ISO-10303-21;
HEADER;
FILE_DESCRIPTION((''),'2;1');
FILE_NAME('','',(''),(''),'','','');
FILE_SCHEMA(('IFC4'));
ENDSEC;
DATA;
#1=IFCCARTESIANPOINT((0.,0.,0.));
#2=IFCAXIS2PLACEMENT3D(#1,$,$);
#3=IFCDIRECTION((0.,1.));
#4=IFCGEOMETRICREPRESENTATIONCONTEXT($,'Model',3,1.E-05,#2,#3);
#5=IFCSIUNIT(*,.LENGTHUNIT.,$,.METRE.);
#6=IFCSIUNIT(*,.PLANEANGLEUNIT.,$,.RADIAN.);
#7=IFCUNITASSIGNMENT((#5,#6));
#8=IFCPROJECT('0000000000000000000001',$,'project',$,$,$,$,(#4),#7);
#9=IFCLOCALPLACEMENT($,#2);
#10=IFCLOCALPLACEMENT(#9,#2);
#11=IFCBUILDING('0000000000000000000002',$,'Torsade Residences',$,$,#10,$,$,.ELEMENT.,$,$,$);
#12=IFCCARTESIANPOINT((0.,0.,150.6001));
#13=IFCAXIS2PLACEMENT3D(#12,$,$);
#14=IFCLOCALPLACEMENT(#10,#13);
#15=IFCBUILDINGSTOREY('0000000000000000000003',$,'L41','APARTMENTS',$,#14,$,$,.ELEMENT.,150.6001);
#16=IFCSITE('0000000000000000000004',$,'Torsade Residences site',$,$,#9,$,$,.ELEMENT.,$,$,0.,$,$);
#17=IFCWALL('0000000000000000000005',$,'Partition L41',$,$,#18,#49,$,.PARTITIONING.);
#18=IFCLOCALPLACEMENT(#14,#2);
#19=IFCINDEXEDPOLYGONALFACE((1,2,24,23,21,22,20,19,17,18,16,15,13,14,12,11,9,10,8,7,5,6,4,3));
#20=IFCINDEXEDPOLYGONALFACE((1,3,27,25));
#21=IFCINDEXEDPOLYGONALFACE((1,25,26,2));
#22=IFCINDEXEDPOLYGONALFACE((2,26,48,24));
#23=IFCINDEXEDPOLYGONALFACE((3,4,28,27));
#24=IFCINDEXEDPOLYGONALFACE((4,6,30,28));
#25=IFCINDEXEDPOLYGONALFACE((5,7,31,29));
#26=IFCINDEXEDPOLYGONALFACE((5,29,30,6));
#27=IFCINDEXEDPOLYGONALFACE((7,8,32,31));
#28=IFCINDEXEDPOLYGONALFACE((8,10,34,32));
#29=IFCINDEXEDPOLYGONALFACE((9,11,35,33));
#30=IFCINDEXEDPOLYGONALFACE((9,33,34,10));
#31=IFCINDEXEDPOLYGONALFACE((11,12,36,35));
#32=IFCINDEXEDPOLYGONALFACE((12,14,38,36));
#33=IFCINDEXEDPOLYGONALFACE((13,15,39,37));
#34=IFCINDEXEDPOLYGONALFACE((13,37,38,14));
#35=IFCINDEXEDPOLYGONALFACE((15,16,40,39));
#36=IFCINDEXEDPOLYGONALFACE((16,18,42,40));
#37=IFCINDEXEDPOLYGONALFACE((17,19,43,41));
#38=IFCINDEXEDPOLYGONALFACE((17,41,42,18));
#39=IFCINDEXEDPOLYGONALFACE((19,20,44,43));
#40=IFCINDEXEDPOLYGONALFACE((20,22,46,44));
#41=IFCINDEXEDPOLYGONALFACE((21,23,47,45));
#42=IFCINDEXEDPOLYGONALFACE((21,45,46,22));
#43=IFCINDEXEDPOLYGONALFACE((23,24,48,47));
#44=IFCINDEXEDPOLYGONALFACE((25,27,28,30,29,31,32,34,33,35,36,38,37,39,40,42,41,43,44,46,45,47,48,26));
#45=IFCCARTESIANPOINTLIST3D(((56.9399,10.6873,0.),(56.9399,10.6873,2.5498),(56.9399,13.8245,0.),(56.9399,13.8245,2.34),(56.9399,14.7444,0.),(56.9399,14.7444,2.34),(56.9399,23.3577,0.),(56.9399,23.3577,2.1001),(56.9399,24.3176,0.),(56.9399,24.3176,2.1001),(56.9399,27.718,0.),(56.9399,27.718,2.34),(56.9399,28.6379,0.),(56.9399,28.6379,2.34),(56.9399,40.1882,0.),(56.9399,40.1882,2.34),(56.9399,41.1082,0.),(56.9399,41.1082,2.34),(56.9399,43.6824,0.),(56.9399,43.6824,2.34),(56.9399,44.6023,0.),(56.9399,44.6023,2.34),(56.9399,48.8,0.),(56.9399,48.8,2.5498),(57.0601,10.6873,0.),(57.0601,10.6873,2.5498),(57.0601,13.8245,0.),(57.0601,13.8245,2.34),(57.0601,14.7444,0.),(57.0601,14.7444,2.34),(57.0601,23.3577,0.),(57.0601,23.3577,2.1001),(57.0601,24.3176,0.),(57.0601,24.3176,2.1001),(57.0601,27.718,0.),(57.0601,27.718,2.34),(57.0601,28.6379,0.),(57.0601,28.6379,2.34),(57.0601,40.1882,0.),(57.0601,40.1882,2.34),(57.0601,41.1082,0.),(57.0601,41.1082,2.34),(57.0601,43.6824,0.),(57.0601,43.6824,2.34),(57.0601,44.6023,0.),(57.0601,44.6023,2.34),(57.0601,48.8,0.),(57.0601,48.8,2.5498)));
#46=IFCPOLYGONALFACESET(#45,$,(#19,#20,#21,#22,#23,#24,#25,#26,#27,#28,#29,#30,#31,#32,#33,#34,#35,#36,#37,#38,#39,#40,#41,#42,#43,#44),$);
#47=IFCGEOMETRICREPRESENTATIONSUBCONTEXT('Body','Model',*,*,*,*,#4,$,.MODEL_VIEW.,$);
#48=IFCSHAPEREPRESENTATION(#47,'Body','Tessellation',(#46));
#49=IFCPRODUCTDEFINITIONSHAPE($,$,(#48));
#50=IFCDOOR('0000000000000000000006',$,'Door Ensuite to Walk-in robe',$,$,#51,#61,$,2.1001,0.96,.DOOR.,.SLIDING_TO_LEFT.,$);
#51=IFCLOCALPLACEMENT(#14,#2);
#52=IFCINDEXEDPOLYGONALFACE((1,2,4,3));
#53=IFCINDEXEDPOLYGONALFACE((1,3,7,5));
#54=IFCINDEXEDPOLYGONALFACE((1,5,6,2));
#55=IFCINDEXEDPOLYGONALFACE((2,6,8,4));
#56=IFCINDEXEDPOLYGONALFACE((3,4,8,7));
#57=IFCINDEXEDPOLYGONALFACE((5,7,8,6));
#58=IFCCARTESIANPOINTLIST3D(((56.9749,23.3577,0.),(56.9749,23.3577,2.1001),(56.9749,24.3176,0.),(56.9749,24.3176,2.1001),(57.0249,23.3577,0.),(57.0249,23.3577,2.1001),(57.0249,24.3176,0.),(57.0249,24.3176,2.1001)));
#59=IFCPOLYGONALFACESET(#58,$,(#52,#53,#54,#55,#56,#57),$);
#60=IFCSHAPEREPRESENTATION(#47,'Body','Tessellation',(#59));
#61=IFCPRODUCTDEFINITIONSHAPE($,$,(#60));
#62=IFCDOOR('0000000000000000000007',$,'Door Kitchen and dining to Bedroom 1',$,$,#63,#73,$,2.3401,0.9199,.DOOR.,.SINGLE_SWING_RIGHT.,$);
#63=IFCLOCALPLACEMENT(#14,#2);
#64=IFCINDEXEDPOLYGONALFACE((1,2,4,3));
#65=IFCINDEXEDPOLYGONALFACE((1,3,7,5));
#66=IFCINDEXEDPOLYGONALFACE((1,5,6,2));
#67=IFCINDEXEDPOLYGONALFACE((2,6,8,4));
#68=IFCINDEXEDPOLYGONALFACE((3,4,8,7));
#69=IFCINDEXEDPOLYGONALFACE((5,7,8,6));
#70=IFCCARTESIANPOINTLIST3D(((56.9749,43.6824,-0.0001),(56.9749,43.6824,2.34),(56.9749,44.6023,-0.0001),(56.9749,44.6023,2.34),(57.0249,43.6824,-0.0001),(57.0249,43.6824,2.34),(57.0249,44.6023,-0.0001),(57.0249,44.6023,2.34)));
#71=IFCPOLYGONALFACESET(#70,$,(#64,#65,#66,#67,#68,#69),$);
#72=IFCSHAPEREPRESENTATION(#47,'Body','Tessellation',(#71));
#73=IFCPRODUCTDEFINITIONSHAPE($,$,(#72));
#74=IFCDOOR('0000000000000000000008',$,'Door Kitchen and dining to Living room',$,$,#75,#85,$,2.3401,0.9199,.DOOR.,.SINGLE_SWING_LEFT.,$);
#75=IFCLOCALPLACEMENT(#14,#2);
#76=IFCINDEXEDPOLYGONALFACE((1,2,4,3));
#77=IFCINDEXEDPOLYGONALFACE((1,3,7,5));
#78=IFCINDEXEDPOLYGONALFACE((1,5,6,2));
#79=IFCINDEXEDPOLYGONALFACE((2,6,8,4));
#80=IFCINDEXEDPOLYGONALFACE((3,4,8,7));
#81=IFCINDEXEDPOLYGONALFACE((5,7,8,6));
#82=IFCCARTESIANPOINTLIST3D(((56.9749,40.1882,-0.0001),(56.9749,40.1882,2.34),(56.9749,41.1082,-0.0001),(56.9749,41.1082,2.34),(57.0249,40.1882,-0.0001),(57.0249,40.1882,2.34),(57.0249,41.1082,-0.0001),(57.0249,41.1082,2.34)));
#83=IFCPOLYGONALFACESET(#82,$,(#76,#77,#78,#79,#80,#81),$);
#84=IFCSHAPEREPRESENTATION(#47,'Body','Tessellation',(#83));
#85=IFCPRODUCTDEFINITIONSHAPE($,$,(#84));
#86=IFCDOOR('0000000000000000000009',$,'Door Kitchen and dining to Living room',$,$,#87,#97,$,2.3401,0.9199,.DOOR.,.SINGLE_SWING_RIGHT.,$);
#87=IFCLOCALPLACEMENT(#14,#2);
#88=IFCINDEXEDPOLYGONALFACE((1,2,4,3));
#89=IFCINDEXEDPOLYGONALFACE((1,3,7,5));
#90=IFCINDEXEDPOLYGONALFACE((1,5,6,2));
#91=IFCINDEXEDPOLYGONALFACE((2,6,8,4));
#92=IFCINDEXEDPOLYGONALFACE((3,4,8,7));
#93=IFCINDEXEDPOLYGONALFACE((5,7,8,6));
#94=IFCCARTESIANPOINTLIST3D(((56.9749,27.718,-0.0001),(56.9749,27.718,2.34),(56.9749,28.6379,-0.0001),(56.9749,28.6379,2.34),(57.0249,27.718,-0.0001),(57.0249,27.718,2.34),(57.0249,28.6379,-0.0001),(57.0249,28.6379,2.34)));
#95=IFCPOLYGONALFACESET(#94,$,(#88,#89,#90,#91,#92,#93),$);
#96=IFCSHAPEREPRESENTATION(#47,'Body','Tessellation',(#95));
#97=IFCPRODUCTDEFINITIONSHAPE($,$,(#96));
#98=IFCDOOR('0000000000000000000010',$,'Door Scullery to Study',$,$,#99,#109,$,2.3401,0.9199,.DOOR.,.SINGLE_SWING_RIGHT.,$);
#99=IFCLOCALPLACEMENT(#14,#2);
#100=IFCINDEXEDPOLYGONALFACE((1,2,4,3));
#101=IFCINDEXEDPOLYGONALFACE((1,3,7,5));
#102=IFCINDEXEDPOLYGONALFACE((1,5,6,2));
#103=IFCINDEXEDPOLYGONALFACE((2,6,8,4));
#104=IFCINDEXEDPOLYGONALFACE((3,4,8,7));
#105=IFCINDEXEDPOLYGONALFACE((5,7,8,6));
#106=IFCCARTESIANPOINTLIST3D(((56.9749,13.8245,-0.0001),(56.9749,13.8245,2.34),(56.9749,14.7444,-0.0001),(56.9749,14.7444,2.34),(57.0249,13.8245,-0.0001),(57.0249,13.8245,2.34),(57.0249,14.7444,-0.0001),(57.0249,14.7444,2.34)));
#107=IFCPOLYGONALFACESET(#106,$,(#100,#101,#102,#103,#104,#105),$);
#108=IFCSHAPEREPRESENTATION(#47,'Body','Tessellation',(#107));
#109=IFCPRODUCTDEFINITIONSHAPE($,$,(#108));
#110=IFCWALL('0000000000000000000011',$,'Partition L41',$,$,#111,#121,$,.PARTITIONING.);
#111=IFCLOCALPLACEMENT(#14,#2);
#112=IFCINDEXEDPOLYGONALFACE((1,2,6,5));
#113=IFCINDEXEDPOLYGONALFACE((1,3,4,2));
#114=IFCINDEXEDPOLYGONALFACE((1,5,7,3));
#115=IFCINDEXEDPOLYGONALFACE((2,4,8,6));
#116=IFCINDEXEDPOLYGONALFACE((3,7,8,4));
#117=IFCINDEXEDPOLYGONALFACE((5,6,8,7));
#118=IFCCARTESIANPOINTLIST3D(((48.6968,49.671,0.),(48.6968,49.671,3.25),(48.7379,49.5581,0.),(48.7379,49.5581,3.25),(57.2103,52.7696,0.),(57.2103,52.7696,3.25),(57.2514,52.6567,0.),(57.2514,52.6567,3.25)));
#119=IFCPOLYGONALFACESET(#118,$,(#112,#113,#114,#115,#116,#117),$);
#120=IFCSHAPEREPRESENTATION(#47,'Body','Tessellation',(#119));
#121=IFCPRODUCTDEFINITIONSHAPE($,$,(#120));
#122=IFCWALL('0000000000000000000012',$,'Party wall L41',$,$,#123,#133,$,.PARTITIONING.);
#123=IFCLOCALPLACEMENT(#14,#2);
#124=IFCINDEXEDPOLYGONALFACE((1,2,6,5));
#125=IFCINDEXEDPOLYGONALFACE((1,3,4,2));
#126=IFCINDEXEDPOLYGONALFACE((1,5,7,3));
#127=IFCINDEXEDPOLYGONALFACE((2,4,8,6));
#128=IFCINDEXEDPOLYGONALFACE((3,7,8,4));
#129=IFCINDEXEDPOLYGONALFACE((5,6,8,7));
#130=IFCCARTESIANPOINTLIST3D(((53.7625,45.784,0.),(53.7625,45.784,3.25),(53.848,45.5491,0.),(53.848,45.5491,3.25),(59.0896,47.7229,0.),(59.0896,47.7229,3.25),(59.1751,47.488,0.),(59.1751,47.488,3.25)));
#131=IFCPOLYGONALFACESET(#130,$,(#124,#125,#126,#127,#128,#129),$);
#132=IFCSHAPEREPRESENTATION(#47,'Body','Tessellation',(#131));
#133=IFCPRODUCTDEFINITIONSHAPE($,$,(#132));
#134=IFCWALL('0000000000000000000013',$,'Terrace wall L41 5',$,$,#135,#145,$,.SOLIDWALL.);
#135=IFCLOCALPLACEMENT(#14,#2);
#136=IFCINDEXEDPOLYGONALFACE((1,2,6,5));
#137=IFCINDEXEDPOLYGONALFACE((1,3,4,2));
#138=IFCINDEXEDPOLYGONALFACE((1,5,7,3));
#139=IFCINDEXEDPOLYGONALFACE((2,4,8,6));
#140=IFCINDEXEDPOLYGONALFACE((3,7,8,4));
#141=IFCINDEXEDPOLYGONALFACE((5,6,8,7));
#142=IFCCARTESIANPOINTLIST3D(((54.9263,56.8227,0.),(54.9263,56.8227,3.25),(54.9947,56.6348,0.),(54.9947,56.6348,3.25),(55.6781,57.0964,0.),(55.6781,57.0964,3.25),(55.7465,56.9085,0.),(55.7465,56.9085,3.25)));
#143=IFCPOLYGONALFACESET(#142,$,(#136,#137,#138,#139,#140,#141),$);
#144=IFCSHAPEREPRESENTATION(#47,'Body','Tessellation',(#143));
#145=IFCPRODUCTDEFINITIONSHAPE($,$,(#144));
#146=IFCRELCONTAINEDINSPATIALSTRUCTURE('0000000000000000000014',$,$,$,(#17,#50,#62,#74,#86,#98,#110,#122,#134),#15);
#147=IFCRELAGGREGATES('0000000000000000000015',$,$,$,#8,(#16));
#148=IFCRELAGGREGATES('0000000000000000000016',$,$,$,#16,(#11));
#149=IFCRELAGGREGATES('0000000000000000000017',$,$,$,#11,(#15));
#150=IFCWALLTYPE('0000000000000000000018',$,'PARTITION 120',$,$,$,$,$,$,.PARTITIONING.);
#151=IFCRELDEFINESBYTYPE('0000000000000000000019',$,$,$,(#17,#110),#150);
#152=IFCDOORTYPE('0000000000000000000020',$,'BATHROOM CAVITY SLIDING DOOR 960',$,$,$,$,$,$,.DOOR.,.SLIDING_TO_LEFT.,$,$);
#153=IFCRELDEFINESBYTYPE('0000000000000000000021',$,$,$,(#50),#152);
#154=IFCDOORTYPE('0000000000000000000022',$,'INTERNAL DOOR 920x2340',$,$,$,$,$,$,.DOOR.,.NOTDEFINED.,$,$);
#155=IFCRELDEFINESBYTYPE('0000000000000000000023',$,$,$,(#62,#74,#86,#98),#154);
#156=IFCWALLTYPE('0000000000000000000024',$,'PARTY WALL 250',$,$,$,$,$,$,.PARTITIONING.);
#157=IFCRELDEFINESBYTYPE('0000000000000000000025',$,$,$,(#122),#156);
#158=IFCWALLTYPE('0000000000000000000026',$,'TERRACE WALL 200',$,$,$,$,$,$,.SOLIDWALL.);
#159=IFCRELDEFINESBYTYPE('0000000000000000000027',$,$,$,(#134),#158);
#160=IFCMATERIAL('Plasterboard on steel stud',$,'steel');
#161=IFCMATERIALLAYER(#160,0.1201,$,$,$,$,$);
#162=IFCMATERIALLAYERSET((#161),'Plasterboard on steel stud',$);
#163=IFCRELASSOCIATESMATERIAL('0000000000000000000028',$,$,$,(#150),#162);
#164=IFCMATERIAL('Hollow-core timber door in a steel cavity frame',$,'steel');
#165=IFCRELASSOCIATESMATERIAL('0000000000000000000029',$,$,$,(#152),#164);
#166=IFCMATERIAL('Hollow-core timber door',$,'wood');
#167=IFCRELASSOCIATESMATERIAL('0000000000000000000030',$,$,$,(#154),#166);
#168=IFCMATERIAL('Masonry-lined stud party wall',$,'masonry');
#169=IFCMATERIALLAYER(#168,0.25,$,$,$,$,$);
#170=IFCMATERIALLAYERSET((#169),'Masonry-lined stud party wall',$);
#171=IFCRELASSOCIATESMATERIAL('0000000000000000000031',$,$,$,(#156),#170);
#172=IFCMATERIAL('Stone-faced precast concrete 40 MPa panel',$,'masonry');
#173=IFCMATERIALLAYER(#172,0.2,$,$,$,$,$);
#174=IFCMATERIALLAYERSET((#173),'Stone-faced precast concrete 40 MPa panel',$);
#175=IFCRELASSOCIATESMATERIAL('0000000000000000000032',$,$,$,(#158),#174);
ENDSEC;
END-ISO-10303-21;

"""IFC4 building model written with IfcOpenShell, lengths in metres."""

from ifc_helpers import new_model, si_unit, direction, frame, frame_2d, origin, place, context, subcontext, project, spatial, rectangle, extrude, material, layer, layer_set, type_object, element, fill, save


model = new_model("IFC4")

# Units and contexts
model_context = context("Model", 3, precision=1e-05, world=origin(), true_north=direction((0.0, 1.0)))
body_context = subcontext(model_context, "Body", "Model", "MODEL_VIEW")
ifc_project = project(units=[si_unit("LENGTHUNIT", "METRE"), si_unit("PLANEANGLEUNIT", "RADIAN")], contexts=[model_context])

# Site, building, storey
site_placement = place(None, origin())
site = spatial("IfcSite", under=ifc_project, at=site_placement, Name="Torsade Residences site", CompositionType="ELEMENT", RefElevation=0.0)
building_placement = place(site_placement, origin())
building = spatial("IfcBuilding", under=site, at=building_placement, Name="Torsade Residences", CompositionType="ELEMENT")
storey_placement = place(building_placement, frame((0.0, 0.0, 150.6001)))
storey = spatial("IfcBuildingStorey", under=building, at=storey_placement, Name="L41", Description="APARTMENTS", CompositionType="ELEMENT", Elevation=150.6001)

# Wall, openings, doors
ifc_material_1 = material(Name="Plasterboard on steel stud", Category="steel")
ifc_layer_1 = layer(ifc_material_1, 0.1201)
ifc_layer_set_1 = layer_set([ifc_layer_1], Name="Plasterboard on steel stud")
wall_type_1 = type_object("IfcWallType", Name="PARTITION 120", PredefinedType="PARTITIONING", material=ifc_layer_set_1)
wall_1_placement = place(storey_placement, frame((57.0, 48.8, 0.0), z_axis=(0.0, 0.0, 1.0), x_axis=(0.0, -1.0, 0.0)))
wall_1 = element("IfcWall", 1, at=wall_1_placement, inside=storey, type_object=wall_type_1, Name="Partition L41", PredefinedType="PARTITIONING", context=body_context, shape_type="SweptSolid", body=[
    extrude(rectangle(XDim=38.1128, YDim=0.1201, at=frame_2d((19.0564, 0.0))), origin(), (0.0, 0.0, 1.0), 2.5498),
])
opening_1_placement = place(wall_1_placement, frame((4.1978, 0.0, 0.0)))
opening_1 = element("IfcOpeningElement", 2, at=opening_1_placement, cuts=wall_1, PredefinedType="OPENING", context=body_context, shape_type="SweptSolid", body=[
    extrude(rectangle(XDim=0.9199, YDim=2.3401, at=frame_2d((0.46, 1.1699))), frame((0.0, 0.0701, 0.0), z_axis=(0.0, -1.0, 0.0), x_axis=(1.0, 0.0, 0.0)), (0.0, 0.0, 1.0), 0.1401),
])
opening_2_placement = place(wall_1_placement, frame((7.6919, 0.0, 0.0)))
opening_2 = element("IfcOpeningElement", 3, at=opening_2_placement, cuts=wall_1, PredefinedType="OPENING", context=body_context, shape_type="SweptSolid", body=[
    extrude(rectangle(XDim=0.9199, YDim=2.3401, at=frame_2d((0.46, 1.1699))), frame((0.0, 0.0701, 0.0), z_axis=(0.0, -1.0, 0.0), x_axis=(1.0, 0.0, 0.0)), (0.0, 0.0, 1.0), 0.1401),
])
opening_3_placement = place(wall_1_placement, frame((20.1621, 0.0, 0.0)))
opening_3 = element("IfcOpeningElement", 4, at=opening_3_placement, cuts=wall_1, PredefinedType="OPENING", context=body_context, shape_type="SweptSolid", body=[
    extrude(rectangle(XDim=0.9199, YDim=2.3401, at=frame_2d((0.46, 1.1699))), frame((0.0, 0.0701, 0.0), z_axis=(0.0, -1.0, 0.0), x_axis=(1.0, 0.0, 0.0)), (0.0, 0.0, 1.0), 0.1401),
])
opening_4_placement = place(wall_1_placement, frame((34.0557, 0.0, 0.0)))
opening_4 = element("IfcOpeningElement", 5, at=opening_4_placement, cuts=wall_1, PredefinedType="OPENING", context=body_context, shape_type="SweptSolid", body=[
    extrude(rectangle(XDim=0.9199, YDim=2.3401, at=frame_2d((0.46, 1.1699))), frame((0.0, 0.0701, 0.0), z_axis=(0.0, -1.0, 0.0), x_axis=(1.0, 0.0, 0.0)), (0.0, 0.0, 1.0), 0.1401),
])
opening_5_placement = place(wall_1_placement, frame((24.4824, 0.0, 0.0)))
opening_5 = element("IfcOpeningElement", 6, at=opening_5_placement, cuts=wall_1, PredefinedType="OPENING", context=body_context, shape_type="SweptSolid", body=[
    extrude(rectangle(XDim=0.96, YDim=2.1001, at=frame_2d((0.48, 1.05))), frame((0.0, 0.0701, 0.0), z_axis=(0.0, -1.0, 0.0), x_axis=(1.0, 0.0, 0.0)), (0.0, 0.0, 1.0), 0.1401),
])
ifc_material_2 = material(Name="Hollow-core timber door in a steel cavity frame", Category="steel")
door_type_1 = type_object("IfcDoorType", Name="BATHROOM CAVITY SLIDING DOOR 960", OperationType="SLIDING_TO_LEFT", PredefinedType="DOOR", material=ifc_material_2)
door_1_placement = place(opening_5_placement, origin())
door_1 = element("IfcDoor", 7, at=door_1_placement, inside=storey, type_object=door_type_1, Name="Door Ensuite to Walk-in robe", OperationType="SLIDING_TO_LEFT", OverallHeight=2.1001, OverallWidth=0.96, PredefinedType="DOOR", context=body_context, shape_type="SweptSolid", body=[
    extrude(rectangle(XDim=0.96, YDim=2.1001, at=frame_2d((0.48, 1.05))), frame((0.0, 0.0249, 0.0), z_axis=(0.0, -1.0, 0.0), x_axis=(1.0, 0.0, 0.0)), (0.0, 0.0, 1.0), 0.05),
])
fill(opening_5, door_1)
ifc_material_3 = material(Name="Hollow-core timber door", Category="wood")
door_type_2 = type_object("IfcDoorType", Name="INTERNAL DOOR 920x2340", OperationType="NOTDEFINED", PredefinedType="DOOR", material=ifc_material_3)
door_2_placement = place(opening_1_placement, origin())
door_2 = element("IfcDoor", 8, at=door_2_placement, inside=storey, type_object=door_type_2, Name="Door Kitchen and dining to Bedroom 1", OperationType="SINGLE_SWING_RIGHT", OverallHeight=2.3401, OverallWidth=0.9199, PredefinedType="DOOR", context=body_context, shape_type="SweptSolid", body=[
    extrude(rectangle(XDim=0.9199, YDim=2.3401, at=frame_2d((0.46, 1.1699))), frame((0.0, 0.0249, 0.0), z_axis=(0.0, -1.0, 0.0), x_axis=(1.0, 0.0, 0.0)), (0.0, 0.0, 1.0), 0.05),
])
fill(opening_1, door_2)
door_3_placement = place(opening_2_placement, origin())
door_3 = element("IfcDoor", 9, at=door_3_placement, inside=storey, type_object=door_type_2, Name="Door Kitchen and dining to Living room", OperationType="SINGLE_SWING_LEFT", OverallHeight=2.3401, OverallWidth=0.9199, PredefinedType="DOOR", context=body_context, shape_type="SweptSolid", body=[
    extrude(rectangle(XDim=0.9199, YDim=2.3401, at=frame_2d((0.46, 1.1699))), frame((0.0, 0.0249, 0.0), z_axis=(0.0, -1.0, 0.0), x_axis=(1.0, 0.0, 0.0)), (0.0, 0.0, 1.0), 0.05),
])
fill(opening_2, door_3)
door_4_placement = place(opening_3_placement, origin())
door_4 = element("IfcDoor", 10, at=door_4_placement, inside=storey, type_object=door_type_2, Name="Door Kitchen and dining to Living room", OperationType="SINGLE_SWING_RIGHT", OverallHeight=2.3401, OverallWidth=0.9199, PredefinedType="DOOR", context=body_context, shape_type="SweptSolid", body=[
    extrude(rectangle(XDim=0.9199, YDim=2.3401, at=frame_2d((0.46, 1.1699))), frame((0.0, 0.0249, 0.0), z_axis=(0.0, -1.0, 0.0), x_axis=(1.0, 0.0, 0.0)), (0.0, 0.0, 1.0), 0.05),
])
fill(opening_3, door_4)
door_5_placement = place(opening_4_placement, origin())
door_5 = element("IfcDoor", 11, at=door_5_placement, inside=storey, type_object=door_type_2, Name="Door Scullery to Study", OperationType="SINGLE_SWING_RIGHT", OverallHeight=2.3401, OverallWidth=0.9199, PredefinedType="DOOR", context=body_context, shape_type="SweptSolid", body=[
    extrude(rectangle(XDim=0.9199, YDim=2.3401, at=frame_2d((0.46, 1.1699))), frame((0.0, 0.0249, 0.0), z_axis=(0.0, -1.0, 0.0), x_axis=(1.0, 0.0, 0.0)), (0.0, 0.0, 1.0), 0.05),
])
fill(opening_4, door_5)

# Walls
wall_2_placement = place(storey_placement, frame((57.2307, 52.7131, 0.0), z_axis=(0.0, 0.0, 1.0), x_axis=(-0.939693, -0.34202, 0.0)))
element("IfcWall", 12, at=wall_2_placement, inside=storey, type_object=wall_type_1, Name="Partition L41", PredefinedType="PARTITIONING", context=body_context, shape_type="SweptSolid", body=[
    extrude(rectangle(XDim=9.0598, YDim=0.1201, at=frame_2d((4.5298, 0.0))), origin(), (0.0, 0.0, 1.0), 3.25),
])
ifc_material_4 = material(Name="Masonry-lined stud party wall", Category="masonry")
ifc_layer_2 = layer(ifc_material_4, 0.25)
ifc_layer_set_2 = layer_set([ifc_layer_2], Name="Masonry-lined stud party wall")
wall_type_2 = type_object("IfcWallType", Name="PARTY WALL 250", PredefinedType="PARTITIONING", material=ifc_layer_set_2)
wall_3_placement = place(storey_placement, frame((59.1323, 47.6055, 0.0), z_axis=(0.0, 0.0, 1.0), x_axis=(-0.93969, -0.342027, 0.0)))
element("IfcWall", 13, at=wall_3_placement, inside=storey, type_object=wall_type_2, Name="Party wall L41", PredefinedType="PARTITIONING", context=body_context, shape_type="SweptSolid", body=[
    extrude(rectangle(XDim=5.6689, YDim=0.25, at=frame_2d((2.8345, 0.0))), origin(), (0.0, 0.0, 1.0), 3.25),
])
ifc_material_5 = material(Name="Stone-faced precast concrete 40 MPa panel", Category="masonry")
ifc_layer_3 = layer(ifc_material_5, 0.2)
ifc_layer_set_3 = layer_set([ifc_layer_3], Name="Stone-faced precast concrete 40 MPa panel")
wall_type_3 = type_object("IfcWallType", Name="TERRACE WALL 200", PredefinedType="SOLIDWALL", material=ifc_layer_set_3)
wall_4_placement = place(storey_placement, frame((55.7122, 57.0024, 0.0), z_axis=(0.0, 0.0, 1.0), x_axis=(-0.93966, -0.342111, 0.0)))
element("IfcWall", 14, at=wall_4_placement, inside=storey, type_object=wall_type_3, Name="Terrace wall L41 5", PredefinedType="SOLIDWALL", context=body_context, shape_type="SweptSolid", body=[
    extrude(rectangle(XDim=0.8, YDim=0.2, at=frame_2d((0.3999, 0.0))), origin(), (0.0, 0.0, 1.0), 3.25),
])

save(model, "model.ifc")
